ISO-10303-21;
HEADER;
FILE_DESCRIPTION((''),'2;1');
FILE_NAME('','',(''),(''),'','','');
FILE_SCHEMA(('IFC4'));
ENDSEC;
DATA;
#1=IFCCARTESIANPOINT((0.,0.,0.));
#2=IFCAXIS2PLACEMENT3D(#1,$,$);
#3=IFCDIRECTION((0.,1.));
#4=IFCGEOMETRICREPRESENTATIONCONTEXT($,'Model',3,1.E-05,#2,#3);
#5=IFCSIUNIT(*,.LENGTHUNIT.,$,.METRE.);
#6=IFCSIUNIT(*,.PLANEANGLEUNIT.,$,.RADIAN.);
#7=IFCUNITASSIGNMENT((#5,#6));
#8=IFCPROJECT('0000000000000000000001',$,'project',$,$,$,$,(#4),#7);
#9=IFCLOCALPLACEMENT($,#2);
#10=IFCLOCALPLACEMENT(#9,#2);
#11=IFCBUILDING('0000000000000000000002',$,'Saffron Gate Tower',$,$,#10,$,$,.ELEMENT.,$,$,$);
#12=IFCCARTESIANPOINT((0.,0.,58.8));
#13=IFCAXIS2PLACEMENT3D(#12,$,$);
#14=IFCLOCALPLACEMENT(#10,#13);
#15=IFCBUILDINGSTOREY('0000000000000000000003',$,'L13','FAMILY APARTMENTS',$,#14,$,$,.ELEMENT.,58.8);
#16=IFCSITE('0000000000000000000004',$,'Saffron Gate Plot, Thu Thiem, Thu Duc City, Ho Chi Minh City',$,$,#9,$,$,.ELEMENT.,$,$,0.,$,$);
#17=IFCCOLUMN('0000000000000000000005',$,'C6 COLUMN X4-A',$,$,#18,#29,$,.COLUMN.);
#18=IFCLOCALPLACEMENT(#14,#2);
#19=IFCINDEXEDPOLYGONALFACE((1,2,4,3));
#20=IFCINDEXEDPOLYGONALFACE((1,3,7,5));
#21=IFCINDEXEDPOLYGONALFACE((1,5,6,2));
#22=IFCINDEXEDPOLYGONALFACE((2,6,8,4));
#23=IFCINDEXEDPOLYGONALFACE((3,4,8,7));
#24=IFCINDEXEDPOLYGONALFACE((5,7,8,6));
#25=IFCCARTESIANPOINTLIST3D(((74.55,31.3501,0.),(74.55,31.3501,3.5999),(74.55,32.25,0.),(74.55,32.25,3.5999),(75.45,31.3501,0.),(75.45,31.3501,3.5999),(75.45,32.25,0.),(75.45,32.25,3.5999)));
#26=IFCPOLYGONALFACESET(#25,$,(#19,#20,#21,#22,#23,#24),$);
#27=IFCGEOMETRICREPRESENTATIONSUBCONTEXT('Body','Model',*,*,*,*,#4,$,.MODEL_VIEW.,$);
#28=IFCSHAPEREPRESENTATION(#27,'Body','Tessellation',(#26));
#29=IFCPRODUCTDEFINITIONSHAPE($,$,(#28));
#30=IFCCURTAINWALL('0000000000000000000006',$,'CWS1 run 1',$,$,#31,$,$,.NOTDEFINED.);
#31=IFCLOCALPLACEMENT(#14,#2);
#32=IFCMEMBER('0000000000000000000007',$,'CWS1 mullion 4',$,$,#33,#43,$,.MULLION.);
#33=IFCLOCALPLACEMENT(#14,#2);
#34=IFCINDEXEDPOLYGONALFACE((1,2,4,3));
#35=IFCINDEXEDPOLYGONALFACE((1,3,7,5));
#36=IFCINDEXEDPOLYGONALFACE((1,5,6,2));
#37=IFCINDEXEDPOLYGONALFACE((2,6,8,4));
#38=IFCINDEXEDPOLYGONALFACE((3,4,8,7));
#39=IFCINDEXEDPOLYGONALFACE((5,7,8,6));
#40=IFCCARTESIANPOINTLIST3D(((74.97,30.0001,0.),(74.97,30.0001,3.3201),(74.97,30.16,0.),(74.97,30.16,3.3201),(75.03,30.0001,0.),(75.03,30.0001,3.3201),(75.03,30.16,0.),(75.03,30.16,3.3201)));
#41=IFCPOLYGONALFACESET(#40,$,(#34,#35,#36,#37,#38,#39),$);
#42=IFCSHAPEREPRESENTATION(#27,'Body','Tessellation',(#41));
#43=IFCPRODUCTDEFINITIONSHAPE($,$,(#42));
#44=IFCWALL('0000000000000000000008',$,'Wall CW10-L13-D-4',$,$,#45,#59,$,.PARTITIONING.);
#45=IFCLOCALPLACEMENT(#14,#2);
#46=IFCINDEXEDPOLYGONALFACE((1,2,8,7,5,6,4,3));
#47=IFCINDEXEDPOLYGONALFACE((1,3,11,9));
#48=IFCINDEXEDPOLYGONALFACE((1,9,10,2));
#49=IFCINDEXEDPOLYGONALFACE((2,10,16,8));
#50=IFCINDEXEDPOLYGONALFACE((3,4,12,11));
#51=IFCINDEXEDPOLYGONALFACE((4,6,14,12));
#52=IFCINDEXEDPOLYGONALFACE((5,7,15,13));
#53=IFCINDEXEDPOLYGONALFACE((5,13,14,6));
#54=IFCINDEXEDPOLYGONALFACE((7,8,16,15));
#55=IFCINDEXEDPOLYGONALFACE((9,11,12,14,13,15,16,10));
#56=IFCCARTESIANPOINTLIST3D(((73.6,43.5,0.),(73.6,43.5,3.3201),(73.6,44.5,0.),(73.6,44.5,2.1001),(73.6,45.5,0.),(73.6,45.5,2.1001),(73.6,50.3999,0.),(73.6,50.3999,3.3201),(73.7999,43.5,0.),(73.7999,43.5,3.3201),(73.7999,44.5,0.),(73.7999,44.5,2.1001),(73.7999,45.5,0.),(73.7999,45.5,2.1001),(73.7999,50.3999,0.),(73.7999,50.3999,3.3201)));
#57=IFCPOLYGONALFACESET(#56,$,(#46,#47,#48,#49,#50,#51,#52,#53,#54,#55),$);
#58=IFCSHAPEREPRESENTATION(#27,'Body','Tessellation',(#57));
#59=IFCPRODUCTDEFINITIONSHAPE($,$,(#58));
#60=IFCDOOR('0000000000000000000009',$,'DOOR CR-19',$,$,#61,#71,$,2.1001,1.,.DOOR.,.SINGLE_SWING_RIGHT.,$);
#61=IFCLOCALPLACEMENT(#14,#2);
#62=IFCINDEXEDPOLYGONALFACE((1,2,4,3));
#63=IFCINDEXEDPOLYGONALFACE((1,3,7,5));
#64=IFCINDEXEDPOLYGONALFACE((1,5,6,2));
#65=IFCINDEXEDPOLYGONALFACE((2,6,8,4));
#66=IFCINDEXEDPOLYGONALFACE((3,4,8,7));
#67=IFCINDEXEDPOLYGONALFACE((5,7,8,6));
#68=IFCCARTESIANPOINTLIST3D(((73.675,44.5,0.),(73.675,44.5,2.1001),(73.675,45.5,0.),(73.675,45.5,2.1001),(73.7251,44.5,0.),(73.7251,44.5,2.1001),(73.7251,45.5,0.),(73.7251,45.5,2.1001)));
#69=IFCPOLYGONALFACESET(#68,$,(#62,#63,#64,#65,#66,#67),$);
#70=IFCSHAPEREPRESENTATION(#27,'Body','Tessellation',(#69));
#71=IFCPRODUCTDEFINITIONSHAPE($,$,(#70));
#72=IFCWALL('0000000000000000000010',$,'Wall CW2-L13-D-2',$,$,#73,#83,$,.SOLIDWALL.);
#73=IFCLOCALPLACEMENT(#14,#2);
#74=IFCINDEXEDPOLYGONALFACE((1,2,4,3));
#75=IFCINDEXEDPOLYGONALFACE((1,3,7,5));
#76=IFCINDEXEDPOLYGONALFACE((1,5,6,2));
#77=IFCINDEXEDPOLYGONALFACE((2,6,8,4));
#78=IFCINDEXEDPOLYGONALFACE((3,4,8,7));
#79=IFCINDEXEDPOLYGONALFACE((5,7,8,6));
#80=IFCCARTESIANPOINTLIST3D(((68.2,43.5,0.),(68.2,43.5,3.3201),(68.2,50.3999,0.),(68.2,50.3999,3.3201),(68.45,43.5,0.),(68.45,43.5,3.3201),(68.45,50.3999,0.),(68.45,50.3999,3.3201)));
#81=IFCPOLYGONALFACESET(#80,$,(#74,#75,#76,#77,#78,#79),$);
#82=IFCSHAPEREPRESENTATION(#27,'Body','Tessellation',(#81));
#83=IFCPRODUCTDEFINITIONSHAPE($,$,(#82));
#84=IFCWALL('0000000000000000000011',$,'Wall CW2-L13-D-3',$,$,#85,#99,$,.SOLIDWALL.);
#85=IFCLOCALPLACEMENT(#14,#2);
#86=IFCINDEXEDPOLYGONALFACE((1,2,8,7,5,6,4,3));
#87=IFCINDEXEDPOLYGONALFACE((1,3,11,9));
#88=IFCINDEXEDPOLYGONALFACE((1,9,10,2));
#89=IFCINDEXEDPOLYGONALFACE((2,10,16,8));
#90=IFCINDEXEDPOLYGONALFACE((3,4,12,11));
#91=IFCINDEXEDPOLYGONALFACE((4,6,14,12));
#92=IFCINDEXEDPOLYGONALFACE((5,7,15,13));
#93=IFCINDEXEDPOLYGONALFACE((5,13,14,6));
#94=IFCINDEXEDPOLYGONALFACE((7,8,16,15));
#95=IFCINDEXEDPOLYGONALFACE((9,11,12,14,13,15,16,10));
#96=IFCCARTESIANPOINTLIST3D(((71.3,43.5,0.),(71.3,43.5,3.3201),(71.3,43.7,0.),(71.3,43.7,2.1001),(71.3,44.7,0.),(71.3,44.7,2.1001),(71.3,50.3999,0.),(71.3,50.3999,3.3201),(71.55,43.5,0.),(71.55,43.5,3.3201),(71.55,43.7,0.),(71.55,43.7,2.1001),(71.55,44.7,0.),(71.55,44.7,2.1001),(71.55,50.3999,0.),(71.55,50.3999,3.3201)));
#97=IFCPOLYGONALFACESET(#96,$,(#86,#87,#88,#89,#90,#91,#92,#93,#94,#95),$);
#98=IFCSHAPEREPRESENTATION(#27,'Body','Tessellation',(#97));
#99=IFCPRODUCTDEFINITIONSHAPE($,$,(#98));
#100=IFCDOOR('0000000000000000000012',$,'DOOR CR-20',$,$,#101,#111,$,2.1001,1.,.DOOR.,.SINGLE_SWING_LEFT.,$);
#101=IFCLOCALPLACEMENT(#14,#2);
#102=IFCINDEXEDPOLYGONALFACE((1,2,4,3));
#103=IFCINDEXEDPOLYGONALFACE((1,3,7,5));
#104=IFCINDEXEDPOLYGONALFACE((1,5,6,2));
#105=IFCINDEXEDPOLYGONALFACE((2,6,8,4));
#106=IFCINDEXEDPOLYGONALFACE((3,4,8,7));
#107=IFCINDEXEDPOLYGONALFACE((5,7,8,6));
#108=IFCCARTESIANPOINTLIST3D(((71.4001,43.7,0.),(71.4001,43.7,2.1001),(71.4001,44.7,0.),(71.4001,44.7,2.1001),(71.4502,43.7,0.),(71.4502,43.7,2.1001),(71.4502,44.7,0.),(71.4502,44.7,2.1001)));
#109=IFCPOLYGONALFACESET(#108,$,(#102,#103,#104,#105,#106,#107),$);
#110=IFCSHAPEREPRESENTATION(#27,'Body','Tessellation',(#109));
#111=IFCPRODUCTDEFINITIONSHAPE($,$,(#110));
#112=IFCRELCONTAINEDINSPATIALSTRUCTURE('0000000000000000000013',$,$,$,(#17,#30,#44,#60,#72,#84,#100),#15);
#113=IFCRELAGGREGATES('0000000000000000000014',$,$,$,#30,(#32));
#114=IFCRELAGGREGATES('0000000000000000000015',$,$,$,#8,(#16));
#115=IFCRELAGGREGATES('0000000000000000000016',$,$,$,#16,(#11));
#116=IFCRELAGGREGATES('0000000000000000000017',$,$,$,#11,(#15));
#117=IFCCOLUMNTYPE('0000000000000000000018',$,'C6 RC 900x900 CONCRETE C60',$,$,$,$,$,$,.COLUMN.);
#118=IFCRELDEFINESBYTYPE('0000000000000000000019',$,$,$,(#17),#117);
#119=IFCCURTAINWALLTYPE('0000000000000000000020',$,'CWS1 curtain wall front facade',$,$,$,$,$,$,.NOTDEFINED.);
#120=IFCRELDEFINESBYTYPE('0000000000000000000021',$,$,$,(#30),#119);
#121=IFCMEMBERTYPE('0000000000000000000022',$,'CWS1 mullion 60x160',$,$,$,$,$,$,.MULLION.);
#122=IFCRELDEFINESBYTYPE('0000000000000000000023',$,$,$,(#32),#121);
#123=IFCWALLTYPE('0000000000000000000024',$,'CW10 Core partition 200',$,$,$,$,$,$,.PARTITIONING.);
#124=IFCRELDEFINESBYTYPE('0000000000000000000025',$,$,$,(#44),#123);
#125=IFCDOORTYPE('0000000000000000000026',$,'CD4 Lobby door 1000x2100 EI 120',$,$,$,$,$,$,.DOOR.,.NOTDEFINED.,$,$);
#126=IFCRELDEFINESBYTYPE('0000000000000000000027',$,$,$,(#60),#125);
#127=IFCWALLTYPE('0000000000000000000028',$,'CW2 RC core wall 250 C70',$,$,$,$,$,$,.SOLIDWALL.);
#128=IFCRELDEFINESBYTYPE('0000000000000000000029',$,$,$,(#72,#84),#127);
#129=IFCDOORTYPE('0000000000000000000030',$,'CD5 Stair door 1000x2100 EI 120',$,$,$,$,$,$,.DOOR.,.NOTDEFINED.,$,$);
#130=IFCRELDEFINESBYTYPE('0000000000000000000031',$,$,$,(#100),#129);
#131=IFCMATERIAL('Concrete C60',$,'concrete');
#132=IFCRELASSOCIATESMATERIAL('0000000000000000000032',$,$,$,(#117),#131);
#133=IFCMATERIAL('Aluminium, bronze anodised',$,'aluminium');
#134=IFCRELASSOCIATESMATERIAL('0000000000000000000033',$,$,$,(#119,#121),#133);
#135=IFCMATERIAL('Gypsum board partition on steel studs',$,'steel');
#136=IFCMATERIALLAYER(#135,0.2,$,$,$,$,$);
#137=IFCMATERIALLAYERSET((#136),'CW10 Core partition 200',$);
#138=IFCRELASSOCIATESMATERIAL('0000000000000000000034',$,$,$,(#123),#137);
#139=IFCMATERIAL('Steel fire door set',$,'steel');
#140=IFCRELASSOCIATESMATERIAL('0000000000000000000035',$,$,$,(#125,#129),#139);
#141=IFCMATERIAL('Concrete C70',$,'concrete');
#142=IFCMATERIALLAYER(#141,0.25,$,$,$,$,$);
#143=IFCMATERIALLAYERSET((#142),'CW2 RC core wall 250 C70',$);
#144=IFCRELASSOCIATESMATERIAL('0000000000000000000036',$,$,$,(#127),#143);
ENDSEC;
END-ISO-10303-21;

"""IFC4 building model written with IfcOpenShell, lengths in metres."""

from ifc_helpers import new_model, si_unit, direction, frame, frame_2d, origin, origin_2d, place, context, subcontext, project, spatial, rectangle, extrude, material, layer, layer_set, material_profile, profile_set, type_object, element, fill, aggregate, save


model = new_model("IFC4")

# Units and contexts
model_context = context("Model", 3, precision=1e-05, world=origin(), true_north=direction((0.0, 1.0)))
body_context = subcontext(model_context, "Body", "Model", "MODEL_VIEW")
ifc_project = project(units=[si_unit("LENGTHUNIT", "METRE"), si_unit("PLANEANGLEUNIT", "RADIAN")], contexts=[model_context])

# Site, building, storey
site_placement = place(None, origin())
site = spatial("IfcSite", under=ifc_project, at=site_placement, Name="Saffron Gate Plot, Thu Thiem, Thu Duc City, Ho Chi Minh City", CompositionType="ELEMENT", RefElevation=0.0)
building_placement = place(site_placement, origin())
building = spatial("IfcBuilding", under=site, at=building_placement, Name="Saffron Gate Tower", CompositionType="ELEMENT")
storey_placement = place(building_placement, frame((0.0, 0.0, 58.8)))
storey = spatial("IfcBuildingStorey", under=building, at=storey_placement, Name="L13", Description="FAMILY APARTMENTS", CompositionType="ELEMENT", Elevation=58.8)

# Column
ifc_material_1 = material(Name="Concrete C60", Category="concrete")
ifc_material_profile_1 = material_profile(ifc_material_1, rectangle(XDim=0.8999, YDim=0.8999, at=origin_2d()))
ifc_profile_set_1 = profile_set([ifc_material_profile_1], Name="Concrete C60")
column_type = type_object("IfcColumnType", Name="C6 RC 900x900 CONCRETE C60", PredefinedType="COLUMN", material=ifc_profile_set_1)
column_placement = place(storey_placement, frame((75.0, 31.8, 0.0), z_axis=(0.0, 0.0, 1.0), x_axis=(1.0, 0.0, 0.0)))
element("IfcColumn", 1, at=column_placement, inside=storey, type_object=column_type, Name="C6 COLUMN X4-A", PredefinedType="COLUMN", context=body_context, shape_type="SweptSolid", body=[
    extrude(rectangle(XDim=0.8999, YDim=0.8999, at=origin_2d()), origin(), (0.0, 0.0, 1.0), 3.5999),
])

# Curtain wall, member
ifc_material_2 = material(Name="Aluminium, bronze anodised", Category="aluminium")
curtain_wall_type = type_object("IfcCurtainWallType", Name="CWS1 curtain wall front facade", PredefinedType="NOTDEFINED", material=ifc_material_2)
curtain_wall_placement = place(storey_placement, origin())
curtain_wall = element("IfcCurtainWall", 2, at=curtain_wall_placement, inside=storey, type_object=curtain_wall_type, Name="CWS1 run 1", PredefinedType="NOTDEFINED")
ifc_material_profile_2 = material_profile(ifc_material_2, rectangle(XDim=0.1599, YDim=0.0601, at=origin_2d()))
ifc_profile_set_2 = profile_set([ifc_material_profile_2], Name="Aluminium, bronze anodised")
member_type = type_object("IfcMemberType", Name="CWS1 mullion 60x160", PredefinedType="MULLION", material=ifc_profile_set_2)
member_placement = place(storey_placement, frame((75.0, 30.0801, 0.0), z_axis=(0.0, 0.0, 1.0), x_axis=(0.0, 1.0, 0.0)))
member = element("IfcMember", 3, at=member_placement, type_object=member_type, Name="CWS1 mullion 4", PredefinedType="MULLION", context=body_context, shape_type="SweptSolid", body=[
    extrude(rectangle(XDim=0.1599, YDim=0.0601, at=origin_2d()), origin(), (0.0, 0.0, 1.0), 3.3201),
])
aggregate(curtain_wall, [member])

# Wall, opening, door
ifc_material_3 = material(Name="Gypsum board partition on steel studs", Category="steel")
ifc_layer_1 = layer(ifc_material_3, 0.2)
ifc_layer_set_1 = layer_set([ifc_layer_1], Name="CW10 Core partition 200")
wall_type_1 = type_object("IfcWallType", Name="CW10 Core partition 200", PredefinedType="PARTITIONING", material=ifc_layer_set_1)
wall_1_placement = place(storey_placement, frame((73.7, 43.5, 0.0), z_axis=(0.0, 0.0, 1.0), x_axis=(0.0, 1.0, 0.0)))
wall_1 = element("IfcWall", 4, at=wall_1_placement, inside=storey, type_object=wall_type_1, Name="Wall CW10-L13-D-4", PredefinedType="PARTITIONING", context=body_context, shape_type="SweptSolid", body=[
    extrude(rectangle(XDim=6.8999, YDim=0.2, at=frame_2d((3.45, 0.0))), origin(), (0.0, 0.0, 1.0), 3.3201),
])
opening_1_placement = place(wall_1_placement, frame((1.0, 0.0, 0.0)))
opening_1 = element("IfcOpeningElement", 5, at=opening_1_placement, cuts=wall_1, PredefinedType="OPENING", context=body_context, shape_type="SweptSolid", body=[
    extrude(rectangle(XDim=1.0, YDim=2.1001, at=frame_2d((0.5, 1.05))), frame((0.0, 0.1099, 0.0), z_axis=(0.0, -1.0, 0.0), x_axis=(1.0, 0.0, 0.0)), (0.0, 0.0, 1.0), 0.22),
])
ifc_material_4 = material(Name="Steel fire door set", Category="steel")
door_type_1 = type_object("IfcDoorType", Name="CD4 Lobby door 1000x2100 EI 120", OperationType="NOTDEFINED", PredefinedType="DOOR", material=ifc_material_4)
door_1_placement = place(opening_1_placement, origin())
door_1 = element("IfcDoor", 6, at=door_1_placement, inside=storey, type_object=door_type_1, Name="DOOR CR-19", OperationType="SINGLE_SWING_RIGHT", OverallHeight=2.1001, OverallWidth=1.0, PredefinedType="DOOR", context=body_context, shape_type="SweptSolid", body=[
    extrude(rectangle(XDim=1.0, YDim=2.1001, at=frame_2d((0.5, 1.05))), frame((0.0, 0.0249, 0.0), z_axis=(0.0, -1.0, 0.0), x_axis=(1.0, 0.0, 0.0)), (0.0, 0.0, 1.0), 0.05),
])
fill(opening_1, door_1)

# Wall
ifc_material_5 = material(Name="Concrete C70", Category="concrete")
ifc_layer_2 = layer(ifc_material_5, 0.25)
ifc_layer_set_2 = layer_set([ifc_layer_2], Name="CW2 RC core wall 250 C70")
wall_type_2 = type_object("IfcWallType", Name="CW2 RC core wall 250 C70", PredefinedType="SOLIDWALL", material=ifc_layer_set_2)
wall_2_placement = place(storey_placement, frame((68.325, 43.5, 0.0), z_axis=(0.0, 0.0, 1.0), x_axis=(0.0, 1.0, 0.0)))
element("IfcWall", 7, at=wall_2_placement, inside=storey, type_object=wall_type_2, Name="Wall CW2-L13-D-2", PredefinedType="SOLIDWALL", context=body_context, shape_type="SweptSolid", body=[
    extrude(rectangle(XDim=6.8999, YDim=0.25, at=frame_2d((3.45, 0.0))), origin(), (0.0, 0.0, 1.0), 3.3201),
])

# Wall, opening, door
wall_3_placement = place(storey_placement, frame((71.425, 43.5, 0.0), z_axis=(0.0, 0.0, 1.0), x_axis=(0.0, 1.0, 0.0)))
wall_3 = element("IfcWall", 8, at=wall_3_placement, inside=storey, type_object=wall_type_2, Name="Wall CW2-L13-D-3", PredefinedType="SOLIDWALL", context=body_context, shape_type="SweptSolid", body=[
    extrude(rectangle(XDim=6.8999, YDim=0.25, at=frame_2d((3.45, 0.0))), origin(), (0.0, 0.0, 1.0), 3.3201),
])
opening_2_placement = place(wall_3_placement, frame((0.2, 0.0, 0.0)))
opening_2 = element("IfcOpeningElement", 9, at=opening_2_placement, cuts=wall_3, PredefinedType="OPENING", context=body_context, shape_type="SweptSolid", body=[
    extrude(rectangle(XDim=1.0, YDim=2.1001, at=frame_2d((0.5, 1.05))), frame((0.0, 0.135, 0.0), z_axis=(0.0, -1.0, 0.0), x_axis=(1.0, 0.0, 0.0)), (0.0, 0.0, 1.0), 0.27),
])
door_type_2 = type_object("IfcDoorType", Name="CD5 Stair door 1000x2100 EI 120", OperationType="NOTDEFINED", PredefinedType="DOOR", material=ifc_material_4)
door_2_placement = place(opening_2_placement, origin())
door_2 = element("IfcDoor", 10, at=door_2_placement, inside=storey, type_object=door_type_2, Name="DOOR CR-20", OperationType="SINGLE_SWING_LEFT", OverallHeight=2.1001, OverallWidth=1.0, PredefinedType="DOOR", context=body_context, shape_type="SweptSolid", body=[
    extrude(rectangle(XDim=1.0, YDim=2.1001, at=frame_2d((0.5, 1.05))), frame((0.0, 0.0249, 0.0), z_axis=(0.0, -1.0, 0.0), x_axis=(1.0, 0.0, 0.0)), (0.0, 0.0, 1.0), 0.05),
])
fill(opening_2, door_2)

save(model, "model.ifc")
